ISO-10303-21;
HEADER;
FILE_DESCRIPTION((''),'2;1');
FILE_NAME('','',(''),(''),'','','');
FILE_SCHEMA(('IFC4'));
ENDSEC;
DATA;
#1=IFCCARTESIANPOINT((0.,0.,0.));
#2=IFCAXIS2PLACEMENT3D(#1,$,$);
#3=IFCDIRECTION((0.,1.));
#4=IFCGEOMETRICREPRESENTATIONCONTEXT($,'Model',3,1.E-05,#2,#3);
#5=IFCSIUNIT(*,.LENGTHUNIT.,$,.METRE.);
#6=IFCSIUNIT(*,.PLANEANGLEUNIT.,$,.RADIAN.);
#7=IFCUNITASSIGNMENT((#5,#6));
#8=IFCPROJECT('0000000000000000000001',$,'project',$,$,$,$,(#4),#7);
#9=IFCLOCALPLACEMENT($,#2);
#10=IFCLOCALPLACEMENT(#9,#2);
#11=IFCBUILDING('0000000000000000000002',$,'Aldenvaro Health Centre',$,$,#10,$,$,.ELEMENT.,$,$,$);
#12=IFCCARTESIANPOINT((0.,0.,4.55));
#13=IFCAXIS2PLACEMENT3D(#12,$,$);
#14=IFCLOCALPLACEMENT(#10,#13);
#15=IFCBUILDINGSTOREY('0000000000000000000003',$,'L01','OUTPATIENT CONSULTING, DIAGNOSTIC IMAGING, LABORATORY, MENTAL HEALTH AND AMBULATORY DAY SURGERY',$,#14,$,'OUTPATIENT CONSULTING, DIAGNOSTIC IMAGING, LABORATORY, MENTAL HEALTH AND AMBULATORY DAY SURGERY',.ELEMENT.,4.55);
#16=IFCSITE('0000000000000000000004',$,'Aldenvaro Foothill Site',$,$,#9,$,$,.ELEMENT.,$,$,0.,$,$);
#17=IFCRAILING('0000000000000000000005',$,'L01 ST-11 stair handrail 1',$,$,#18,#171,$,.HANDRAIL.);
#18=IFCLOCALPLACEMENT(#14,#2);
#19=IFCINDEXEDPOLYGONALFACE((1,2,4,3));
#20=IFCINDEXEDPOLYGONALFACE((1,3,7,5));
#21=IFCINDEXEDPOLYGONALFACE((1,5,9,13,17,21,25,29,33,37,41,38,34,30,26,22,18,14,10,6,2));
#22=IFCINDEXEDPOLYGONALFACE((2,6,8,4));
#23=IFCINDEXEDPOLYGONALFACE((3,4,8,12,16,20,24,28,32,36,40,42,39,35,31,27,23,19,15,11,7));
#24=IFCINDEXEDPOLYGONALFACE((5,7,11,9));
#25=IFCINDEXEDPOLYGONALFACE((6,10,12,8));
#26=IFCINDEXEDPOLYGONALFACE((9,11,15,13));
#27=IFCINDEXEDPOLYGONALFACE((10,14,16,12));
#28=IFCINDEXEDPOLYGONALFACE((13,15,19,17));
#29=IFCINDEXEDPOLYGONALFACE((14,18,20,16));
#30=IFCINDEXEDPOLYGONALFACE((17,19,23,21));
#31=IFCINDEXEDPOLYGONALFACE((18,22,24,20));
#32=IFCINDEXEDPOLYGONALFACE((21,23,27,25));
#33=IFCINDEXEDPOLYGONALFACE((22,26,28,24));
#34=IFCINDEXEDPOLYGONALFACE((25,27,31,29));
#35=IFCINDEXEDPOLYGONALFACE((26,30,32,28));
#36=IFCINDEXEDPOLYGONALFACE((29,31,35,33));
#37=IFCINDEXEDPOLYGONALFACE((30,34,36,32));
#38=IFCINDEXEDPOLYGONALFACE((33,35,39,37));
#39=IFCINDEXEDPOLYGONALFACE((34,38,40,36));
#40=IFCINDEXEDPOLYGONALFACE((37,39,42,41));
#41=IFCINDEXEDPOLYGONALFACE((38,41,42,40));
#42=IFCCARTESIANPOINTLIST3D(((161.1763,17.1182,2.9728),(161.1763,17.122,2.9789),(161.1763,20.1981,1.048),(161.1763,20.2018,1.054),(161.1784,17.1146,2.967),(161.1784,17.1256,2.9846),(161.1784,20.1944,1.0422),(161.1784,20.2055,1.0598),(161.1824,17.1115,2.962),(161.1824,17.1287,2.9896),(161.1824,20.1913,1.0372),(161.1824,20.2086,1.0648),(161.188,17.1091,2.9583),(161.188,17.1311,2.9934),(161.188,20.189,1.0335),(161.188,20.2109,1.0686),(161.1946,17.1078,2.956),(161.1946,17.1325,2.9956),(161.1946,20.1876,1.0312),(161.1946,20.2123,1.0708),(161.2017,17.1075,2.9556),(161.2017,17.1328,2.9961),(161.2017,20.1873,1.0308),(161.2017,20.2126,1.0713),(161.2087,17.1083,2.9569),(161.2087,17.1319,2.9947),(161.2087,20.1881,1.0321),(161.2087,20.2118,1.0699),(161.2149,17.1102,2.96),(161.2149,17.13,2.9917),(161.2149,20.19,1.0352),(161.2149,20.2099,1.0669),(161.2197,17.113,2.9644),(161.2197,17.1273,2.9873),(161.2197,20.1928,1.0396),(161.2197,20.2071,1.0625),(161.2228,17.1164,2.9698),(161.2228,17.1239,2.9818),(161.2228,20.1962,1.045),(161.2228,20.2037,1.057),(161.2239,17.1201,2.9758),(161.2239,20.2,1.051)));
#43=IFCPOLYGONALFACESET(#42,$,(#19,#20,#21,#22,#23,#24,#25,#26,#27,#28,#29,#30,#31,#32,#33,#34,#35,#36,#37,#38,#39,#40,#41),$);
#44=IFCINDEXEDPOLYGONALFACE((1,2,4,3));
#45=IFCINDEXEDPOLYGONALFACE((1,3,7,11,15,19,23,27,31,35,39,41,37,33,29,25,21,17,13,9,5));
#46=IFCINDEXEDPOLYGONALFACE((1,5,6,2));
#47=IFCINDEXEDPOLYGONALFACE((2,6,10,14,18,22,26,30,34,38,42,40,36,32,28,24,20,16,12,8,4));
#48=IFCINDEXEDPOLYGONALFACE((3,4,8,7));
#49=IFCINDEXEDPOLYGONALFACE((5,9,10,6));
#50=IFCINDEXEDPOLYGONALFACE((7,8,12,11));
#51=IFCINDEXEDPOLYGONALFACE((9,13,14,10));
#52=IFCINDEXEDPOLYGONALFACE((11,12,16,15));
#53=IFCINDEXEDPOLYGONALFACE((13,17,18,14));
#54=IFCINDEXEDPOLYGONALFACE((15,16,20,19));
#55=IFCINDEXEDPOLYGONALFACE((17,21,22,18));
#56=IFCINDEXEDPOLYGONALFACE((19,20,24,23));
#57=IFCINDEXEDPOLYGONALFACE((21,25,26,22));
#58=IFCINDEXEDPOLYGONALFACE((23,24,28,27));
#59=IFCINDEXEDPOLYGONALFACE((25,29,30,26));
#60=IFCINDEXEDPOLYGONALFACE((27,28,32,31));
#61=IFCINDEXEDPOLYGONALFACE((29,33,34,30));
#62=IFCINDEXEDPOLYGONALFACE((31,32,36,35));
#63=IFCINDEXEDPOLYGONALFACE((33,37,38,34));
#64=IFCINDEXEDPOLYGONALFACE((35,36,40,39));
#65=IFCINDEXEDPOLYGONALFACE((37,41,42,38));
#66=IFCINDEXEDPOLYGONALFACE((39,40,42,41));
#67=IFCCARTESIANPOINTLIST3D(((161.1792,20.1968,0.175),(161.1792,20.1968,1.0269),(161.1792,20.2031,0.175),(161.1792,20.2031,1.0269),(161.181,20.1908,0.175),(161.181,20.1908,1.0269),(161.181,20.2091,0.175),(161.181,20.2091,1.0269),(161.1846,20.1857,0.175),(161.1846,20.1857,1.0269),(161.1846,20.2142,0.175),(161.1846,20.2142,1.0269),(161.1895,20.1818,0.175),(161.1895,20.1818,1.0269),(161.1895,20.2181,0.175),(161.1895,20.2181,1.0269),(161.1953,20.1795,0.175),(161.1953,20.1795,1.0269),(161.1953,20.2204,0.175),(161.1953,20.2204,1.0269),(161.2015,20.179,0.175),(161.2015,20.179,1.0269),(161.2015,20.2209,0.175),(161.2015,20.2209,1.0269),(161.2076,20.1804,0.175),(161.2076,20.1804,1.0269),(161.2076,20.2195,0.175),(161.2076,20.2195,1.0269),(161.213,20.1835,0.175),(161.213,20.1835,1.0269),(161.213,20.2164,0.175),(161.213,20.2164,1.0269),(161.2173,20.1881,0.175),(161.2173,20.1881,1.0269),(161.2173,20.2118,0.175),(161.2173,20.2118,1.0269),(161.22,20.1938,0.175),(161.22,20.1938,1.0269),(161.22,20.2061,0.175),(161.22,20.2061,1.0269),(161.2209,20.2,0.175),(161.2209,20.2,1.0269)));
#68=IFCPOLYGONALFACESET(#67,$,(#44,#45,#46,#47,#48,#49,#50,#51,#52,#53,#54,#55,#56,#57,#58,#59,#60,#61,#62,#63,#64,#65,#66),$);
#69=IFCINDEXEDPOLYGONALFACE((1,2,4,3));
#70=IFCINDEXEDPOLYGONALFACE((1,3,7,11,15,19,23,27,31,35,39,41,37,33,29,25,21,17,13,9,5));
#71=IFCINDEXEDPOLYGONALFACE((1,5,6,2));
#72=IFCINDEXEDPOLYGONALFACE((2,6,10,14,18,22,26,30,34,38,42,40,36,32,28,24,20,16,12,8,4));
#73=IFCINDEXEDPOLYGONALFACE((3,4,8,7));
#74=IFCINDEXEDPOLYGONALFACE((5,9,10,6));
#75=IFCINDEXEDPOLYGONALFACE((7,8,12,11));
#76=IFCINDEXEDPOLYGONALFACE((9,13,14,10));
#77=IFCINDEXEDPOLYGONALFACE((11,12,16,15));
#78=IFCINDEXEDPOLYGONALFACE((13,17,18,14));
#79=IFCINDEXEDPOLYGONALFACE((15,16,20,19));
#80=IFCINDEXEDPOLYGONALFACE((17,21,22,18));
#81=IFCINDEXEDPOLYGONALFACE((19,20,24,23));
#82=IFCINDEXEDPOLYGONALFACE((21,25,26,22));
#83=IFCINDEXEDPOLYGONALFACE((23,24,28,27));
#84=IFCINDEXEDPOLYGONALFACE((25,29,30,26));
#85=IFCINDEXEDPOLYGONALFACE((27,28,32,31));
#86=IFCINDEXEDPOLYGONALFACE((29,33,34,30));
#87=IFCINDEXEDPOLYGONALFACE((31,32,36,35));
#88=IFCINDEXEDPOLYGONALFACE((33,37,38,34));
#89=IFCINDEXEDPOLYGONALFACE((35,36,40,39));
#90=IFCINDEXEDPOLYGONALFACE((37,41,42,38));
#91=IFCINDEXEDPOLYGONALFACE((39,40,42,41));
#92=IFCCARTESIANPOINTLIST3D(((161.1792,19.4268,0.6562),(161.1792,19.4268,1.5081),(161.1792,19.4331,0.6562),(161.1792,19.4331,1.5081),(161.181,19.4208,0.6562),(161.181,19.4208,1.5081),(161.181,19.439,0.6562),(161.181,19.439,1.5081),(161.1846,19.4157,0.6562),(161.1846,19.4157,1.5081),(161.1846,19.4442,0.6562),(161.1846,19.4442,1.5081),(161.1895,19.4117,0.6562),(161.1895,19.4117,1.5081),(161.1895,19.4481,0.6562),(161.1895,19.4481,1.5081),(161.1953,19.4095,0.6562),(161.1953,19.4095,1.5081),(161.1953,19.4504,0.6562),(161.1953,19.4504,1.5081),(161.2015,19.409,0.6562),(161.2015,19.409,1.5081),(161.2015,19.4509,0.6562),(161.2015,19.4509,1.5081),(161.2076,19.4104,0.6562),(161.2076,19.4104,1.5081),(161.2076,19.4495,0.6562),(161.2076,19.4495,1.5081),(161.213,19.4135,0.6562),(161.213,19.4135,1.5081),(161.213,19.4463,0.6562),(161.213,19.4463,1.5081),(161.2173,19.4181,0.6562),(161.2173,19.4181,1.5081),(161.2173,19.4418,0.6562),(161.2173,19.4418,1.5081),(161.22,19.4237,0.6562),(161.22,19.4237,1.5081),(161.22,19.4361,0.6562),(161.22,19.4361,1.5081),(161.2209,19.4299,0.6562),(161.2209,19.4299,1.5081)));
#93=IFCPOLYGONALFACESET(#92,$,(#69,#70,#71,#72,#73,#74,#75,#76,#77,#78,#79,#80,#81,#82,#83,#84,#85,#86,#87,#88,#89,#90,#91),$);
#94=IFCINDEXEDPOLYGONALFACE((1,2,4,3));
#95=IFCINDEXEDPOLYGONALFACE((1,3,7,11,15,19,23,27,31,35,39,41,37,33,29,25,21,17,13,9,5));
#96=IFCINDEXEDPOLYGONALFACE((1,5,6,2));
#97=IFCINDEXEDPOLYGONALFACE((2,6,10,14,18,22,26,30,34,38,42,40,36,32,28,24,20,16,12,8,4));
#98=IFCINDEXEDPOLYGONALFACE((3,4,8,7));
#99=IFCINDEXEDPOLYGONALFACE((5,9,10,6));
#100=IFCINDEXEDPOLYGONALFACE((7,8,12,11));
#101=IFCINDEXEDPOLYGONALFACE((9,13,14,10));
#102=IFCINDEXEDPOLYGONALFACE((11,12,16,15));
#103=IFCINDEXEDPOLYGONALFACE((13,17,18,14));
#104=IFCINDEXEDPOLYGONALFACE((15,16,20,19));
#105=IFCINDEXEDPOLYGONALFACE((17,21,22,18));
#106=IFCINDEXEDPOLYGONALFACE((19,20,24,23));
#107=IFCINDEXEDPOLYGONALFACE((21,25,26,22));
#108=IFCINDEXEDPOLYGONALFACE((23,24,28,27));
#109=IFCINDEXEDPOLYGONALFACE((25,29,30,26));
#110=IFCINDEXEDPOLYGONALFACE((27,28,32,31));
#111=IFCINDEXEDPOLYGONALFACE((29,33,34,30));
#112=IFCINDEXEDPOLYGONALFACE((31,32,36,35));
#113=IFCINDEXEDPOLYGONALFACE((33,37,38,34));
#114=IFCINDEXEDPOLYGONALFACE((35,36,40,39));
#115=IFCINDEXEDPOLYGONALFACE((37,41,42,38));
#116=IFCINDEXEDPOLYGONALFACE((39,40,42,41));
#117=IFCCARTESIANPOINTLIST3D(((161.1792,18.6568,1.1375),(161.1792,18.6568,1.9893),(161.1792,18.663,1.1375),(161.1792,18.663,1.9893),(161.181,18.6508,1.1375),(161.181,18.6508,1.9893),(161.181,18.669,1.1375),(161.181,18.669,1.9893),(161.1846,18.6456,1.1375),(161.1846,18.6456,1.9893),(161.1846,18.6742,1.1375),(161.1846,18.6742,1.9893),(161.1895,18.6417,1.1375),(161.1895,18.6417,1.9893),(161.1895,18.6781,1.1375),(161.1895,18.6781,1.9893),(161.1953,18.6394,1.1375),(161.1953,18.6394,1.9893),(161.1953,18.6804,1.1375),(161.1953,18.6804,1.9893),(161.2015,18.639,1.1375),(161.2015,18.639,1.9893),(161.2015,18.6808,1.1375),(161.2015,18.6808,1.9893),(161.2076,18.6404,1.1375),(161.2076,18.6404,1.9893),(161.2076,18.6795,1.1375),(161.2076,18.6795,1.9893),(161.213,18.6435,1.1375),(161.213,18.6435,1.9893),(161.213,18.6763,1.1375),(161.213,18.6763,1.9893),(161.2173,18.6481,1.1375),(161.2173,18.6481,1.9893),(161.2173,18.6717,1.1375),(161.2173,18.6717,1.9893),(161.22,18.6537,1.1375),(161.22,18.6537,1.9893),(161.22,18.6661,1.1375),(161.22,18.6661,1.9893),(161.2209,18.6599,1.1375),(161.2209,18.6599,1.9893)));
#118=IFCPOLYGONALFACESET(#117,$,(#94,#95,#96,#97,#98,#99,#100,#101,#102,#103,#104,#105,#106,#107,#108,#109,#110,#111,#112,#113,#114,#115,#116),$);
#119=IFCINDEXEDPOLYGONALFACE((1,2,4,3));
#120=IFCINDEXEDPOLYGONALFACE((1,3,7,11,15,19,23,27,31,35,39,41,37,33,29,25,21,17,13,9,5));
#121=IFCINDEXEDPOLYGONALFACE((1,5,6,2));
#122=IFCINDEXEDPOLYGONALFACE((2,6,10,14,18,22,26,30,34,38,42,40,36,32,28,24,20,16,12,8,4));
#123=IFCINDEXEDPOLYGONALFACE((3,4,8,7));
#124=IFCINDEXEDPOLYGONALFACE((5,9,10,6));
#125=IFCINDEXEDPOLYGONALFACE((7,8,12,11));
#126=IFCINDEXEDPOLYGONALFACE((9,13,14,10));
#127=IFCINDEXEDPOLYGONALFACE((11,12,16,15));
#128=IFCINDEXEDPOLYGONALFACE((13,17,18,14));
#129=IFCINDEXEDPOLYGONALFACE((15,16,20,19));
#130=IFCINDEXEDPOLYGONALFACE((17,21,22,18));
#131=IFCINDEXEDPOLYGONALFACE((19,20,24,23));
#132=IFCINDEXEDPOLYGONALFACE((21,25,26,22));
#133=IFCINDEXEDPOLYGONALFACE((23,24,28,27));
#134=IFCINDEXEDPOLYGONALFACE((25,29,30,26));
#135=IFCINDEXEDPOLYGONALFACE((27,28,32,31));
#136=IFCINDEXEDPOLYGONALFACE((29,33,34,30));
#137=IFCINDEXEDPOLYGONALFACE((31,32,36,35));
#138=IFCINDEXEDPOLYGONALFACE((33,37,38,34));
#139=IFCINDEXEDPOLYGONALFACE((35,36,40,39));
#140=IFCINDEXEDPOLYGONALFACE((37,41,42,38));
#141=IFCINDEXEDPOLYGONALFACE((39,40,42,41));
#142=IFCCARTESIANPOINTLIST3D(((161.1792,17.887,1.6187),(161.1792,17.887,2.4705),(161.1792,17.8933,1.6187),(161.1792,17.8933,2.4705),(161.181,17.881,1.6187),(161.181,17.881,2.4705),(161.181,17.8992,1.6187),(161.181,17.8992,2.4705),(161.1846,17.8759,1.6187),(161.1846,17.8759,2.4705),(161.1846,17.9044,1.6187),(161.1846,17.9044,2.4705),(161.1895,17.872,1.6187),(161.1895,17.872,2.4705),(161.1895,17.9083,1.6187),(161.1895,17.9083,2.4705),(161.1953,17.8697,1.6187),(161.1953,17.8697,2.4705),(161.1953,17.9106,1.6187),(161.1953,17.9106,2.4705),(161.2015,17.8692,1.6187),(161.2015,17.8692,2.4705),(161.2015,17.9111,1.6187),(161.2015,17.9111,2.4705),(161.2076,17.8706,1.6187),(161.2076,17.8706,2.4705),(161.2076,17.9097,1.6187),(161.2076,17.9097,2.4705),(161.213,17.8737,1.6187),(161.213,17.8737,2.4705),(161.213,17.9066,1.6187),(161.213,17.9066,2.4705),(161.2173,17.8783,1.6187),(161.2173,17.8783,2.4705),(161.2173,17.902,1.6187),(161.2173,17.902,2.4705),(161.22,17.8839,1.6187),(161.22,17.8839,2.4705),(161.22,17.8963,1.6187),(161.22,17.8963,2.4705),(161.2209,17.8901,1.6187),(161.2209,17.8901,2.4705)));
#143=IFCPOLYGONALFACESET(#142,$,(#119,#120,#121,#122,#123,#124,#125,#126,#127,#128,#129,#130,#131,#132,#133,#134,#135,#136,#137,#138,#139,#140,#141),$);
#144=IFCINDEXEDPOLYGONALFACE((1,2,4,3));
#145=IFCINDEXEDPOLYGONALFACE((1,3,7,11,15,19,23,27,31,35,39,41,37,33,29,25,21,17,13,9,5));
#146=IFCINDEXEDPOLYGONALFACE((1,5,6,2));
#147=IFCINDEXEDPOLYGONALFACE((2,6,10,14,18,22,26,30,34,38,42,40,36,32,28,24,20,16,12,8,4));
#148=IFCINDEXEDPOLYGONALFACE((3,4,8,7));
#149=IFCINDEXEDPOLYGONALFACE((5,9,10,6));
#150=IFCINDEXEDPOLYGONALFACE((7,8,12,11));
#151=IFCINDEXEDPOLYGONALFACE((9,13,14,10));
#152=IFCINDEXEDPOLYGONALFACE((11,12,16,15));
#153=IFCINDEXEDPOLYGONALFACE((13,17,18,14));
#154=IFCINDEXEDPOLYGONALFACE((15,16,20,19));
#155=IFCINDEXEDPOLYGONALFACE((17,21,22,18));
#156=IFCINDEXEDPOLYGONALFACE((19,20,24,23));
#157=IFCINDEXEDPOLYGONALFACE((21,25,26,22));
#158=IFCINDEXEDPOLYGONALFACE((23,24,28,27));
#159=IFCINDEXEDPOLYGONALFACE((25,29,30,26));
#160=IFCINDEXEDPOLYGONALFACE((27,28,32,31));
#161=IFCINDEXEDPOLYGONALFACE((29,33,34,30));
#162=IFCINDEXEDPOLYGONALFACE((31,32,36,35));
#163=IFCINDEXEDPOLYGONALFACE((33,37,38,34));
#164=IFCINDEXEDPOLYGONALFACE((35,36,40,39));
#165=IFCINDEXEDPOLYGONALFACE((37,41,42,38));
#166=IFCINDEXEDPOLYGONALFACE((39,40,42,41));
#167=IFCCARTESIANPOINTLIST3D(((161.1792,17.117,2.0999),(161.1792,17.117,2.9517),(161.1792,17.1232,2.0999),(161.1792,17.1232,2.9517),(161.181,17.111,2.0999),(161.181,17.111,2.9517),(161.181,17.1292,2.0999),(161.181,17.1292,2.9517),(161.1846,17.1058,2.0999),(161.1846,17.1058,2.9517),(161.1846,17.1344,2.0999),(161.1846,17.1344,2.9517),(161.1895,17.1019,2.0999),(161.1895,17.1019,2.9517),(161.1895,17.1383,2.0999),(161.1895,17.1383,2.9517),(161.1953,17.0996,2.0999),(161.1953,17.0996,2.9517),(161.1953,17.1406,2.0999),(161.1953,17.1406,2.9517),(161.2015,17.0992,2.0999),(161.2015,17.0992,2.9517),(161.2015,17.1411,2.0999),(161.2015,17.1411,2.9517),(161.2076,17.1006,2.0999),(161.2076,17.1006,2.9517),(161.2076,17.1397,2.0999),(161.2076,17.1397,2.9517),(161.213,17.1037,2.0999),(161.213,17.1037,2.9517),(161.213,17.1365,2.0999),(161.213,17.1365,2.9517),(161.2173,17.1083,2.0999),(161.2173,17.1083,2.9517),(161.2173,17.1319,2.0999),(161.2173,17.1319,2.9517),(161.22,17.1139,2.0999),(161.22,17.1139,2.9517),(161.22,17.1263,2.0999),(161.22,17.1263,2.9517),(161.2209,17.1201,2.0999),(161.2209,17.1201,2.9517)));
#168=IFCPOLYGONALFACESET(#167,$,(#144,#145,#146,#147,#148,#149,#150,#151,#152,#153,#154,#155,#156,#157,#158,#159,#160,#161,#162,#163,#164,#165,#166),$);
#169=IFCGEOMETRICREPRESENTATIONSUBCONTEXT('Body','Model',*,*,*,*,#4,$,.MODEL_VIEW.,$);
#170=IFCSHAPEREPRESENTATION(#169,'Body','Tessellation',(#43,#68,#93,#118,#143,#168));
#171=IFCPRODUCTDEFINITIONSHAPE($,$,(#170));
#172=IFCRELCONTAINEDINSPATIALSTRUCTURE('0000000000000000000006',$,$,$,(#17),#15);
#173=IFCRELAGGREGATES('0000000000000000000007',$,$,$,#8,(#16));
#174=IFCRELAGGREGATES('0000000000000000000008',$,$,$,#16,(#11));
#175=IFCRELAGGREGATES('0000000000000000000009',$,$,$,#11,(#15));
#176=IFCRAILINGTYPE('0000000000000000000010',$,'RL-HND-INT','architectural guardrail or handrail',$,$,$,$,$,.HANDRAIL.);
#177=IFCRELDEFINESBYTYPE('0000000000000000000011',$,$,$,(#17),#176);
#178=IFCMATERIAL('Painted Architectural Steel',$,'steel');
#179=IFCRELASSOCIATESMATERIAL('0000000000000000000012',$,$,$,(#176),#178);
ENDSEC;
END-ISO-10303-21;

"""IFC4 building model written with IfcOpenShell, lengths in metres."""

from ifc_helpers import new_model, si_unit, direction, frame, origin, origin_2d, place, context, subcontext, project, spatial, circle, extrude, material, type_object, element, save


model = new_model("IFC4")

# Units and contexts
model_context = context("Model", 3, precision=1e-05, world=origin(), true_north=direction((0.0, 1.0)))
body_context = subcontext(model_context, "Body", "Model", "MODEL_VIEW")
ifc_project = project(units=[si_unit("LENGTHUNIT", "METRE"), si_unit("PLANEANGLEUNIT", "RADIAN")], contexts=[model_context])

# Site, building, storey
site_placement = place(None, origin())
site = spatial("IfcSite", under=ifc_project, at=site_placement, Name="Aldenvaro Foothill Site", CompositionType="ELEMENT", RefElevation=0.0)
building_placement = place(site_placement, origin())
building = spatial("IfcBuilding", under=site, at=building_placement, Name="Aldenvaro Health Centre", CompositionType="ELEMENT")
storey_placement = place(building_placement, frame((0.0, 0.0, 4.55)))
storey = spatial("IfcBuildingStorey", under=building, at=storey_placement, Name="L01", Description="OUTPATIENT CONSULTING, DIAGNOSTIC IMAGING, LABORATORY, MENTAL HEALTH AND AMBULATORY DAY SURGERY", LongName="OUTPATIENT CONSULTING, DIAGNOSTIC IMAGING, LABORATORY, MENTAL HEALTH AND AMBULATORY DAY SURGERY", CompositionType="ELEMENT", Elevation=4.55)

# Railing
ifc_material_1 = material(Name="Painted Architectural Steel", Category="steel")
railing_type_1 = type_object("IfcRailingType", Name="RL-HND-INT", Description="architectural guardrail or handrail", PredefinedType="HANDRAIL", material=ifc_material_1)
railing_1_placement = place(storey_placement, frame((161.2, 20.2, 0.175)))
element("IfcRailing", 1, at=railing_1_placement, inside=storey, type_object=railing_type_1, Name="L01 ST-11 stair handrail 1", PredefinedType="HANDRAIL", context=body_context, shape_type="SweptSolid", body=[
    extrude(circle(Radius=0.0239, at=origin_2d()), frame((0.0, 0.0, 0.876), z_axis=(0.0, -0.84801, 0.529981), x_axis=(1.0, 0.0, 0.0)), (0.0, 0.0, 1.0), 3.6318),
    extrude(circle(Radius=0.021, at=origin_2d()), origin(), (0.0, 0.0, 1.0), 0.8518),
    extrude(circle(Radius=0.021, at=origin_2d()), frame((0.0, -0.77, 0.4812)), (0.0, 0.0, 1.0), 0.8518),
    extrude(circle(Radius=0.021, at=origin_2d()), frame((0.0, -1.54, 0.9624)), (0.0, 0.0, 1.0), 0.8518),
    extrude(circle(Radius=0.021, at=origin_2d()), frame((0.0, -2.3098, 1.4436)), (0.0, 0.0, 1.0), 0.8518),
    extrude(circle(Radius=0.021, at=origin_2d()), frame((0.0, -3.0798, 1.9248)), (0.0, 0.0, 1.0), 0.8518),
])

save(model, "model.ifc")
